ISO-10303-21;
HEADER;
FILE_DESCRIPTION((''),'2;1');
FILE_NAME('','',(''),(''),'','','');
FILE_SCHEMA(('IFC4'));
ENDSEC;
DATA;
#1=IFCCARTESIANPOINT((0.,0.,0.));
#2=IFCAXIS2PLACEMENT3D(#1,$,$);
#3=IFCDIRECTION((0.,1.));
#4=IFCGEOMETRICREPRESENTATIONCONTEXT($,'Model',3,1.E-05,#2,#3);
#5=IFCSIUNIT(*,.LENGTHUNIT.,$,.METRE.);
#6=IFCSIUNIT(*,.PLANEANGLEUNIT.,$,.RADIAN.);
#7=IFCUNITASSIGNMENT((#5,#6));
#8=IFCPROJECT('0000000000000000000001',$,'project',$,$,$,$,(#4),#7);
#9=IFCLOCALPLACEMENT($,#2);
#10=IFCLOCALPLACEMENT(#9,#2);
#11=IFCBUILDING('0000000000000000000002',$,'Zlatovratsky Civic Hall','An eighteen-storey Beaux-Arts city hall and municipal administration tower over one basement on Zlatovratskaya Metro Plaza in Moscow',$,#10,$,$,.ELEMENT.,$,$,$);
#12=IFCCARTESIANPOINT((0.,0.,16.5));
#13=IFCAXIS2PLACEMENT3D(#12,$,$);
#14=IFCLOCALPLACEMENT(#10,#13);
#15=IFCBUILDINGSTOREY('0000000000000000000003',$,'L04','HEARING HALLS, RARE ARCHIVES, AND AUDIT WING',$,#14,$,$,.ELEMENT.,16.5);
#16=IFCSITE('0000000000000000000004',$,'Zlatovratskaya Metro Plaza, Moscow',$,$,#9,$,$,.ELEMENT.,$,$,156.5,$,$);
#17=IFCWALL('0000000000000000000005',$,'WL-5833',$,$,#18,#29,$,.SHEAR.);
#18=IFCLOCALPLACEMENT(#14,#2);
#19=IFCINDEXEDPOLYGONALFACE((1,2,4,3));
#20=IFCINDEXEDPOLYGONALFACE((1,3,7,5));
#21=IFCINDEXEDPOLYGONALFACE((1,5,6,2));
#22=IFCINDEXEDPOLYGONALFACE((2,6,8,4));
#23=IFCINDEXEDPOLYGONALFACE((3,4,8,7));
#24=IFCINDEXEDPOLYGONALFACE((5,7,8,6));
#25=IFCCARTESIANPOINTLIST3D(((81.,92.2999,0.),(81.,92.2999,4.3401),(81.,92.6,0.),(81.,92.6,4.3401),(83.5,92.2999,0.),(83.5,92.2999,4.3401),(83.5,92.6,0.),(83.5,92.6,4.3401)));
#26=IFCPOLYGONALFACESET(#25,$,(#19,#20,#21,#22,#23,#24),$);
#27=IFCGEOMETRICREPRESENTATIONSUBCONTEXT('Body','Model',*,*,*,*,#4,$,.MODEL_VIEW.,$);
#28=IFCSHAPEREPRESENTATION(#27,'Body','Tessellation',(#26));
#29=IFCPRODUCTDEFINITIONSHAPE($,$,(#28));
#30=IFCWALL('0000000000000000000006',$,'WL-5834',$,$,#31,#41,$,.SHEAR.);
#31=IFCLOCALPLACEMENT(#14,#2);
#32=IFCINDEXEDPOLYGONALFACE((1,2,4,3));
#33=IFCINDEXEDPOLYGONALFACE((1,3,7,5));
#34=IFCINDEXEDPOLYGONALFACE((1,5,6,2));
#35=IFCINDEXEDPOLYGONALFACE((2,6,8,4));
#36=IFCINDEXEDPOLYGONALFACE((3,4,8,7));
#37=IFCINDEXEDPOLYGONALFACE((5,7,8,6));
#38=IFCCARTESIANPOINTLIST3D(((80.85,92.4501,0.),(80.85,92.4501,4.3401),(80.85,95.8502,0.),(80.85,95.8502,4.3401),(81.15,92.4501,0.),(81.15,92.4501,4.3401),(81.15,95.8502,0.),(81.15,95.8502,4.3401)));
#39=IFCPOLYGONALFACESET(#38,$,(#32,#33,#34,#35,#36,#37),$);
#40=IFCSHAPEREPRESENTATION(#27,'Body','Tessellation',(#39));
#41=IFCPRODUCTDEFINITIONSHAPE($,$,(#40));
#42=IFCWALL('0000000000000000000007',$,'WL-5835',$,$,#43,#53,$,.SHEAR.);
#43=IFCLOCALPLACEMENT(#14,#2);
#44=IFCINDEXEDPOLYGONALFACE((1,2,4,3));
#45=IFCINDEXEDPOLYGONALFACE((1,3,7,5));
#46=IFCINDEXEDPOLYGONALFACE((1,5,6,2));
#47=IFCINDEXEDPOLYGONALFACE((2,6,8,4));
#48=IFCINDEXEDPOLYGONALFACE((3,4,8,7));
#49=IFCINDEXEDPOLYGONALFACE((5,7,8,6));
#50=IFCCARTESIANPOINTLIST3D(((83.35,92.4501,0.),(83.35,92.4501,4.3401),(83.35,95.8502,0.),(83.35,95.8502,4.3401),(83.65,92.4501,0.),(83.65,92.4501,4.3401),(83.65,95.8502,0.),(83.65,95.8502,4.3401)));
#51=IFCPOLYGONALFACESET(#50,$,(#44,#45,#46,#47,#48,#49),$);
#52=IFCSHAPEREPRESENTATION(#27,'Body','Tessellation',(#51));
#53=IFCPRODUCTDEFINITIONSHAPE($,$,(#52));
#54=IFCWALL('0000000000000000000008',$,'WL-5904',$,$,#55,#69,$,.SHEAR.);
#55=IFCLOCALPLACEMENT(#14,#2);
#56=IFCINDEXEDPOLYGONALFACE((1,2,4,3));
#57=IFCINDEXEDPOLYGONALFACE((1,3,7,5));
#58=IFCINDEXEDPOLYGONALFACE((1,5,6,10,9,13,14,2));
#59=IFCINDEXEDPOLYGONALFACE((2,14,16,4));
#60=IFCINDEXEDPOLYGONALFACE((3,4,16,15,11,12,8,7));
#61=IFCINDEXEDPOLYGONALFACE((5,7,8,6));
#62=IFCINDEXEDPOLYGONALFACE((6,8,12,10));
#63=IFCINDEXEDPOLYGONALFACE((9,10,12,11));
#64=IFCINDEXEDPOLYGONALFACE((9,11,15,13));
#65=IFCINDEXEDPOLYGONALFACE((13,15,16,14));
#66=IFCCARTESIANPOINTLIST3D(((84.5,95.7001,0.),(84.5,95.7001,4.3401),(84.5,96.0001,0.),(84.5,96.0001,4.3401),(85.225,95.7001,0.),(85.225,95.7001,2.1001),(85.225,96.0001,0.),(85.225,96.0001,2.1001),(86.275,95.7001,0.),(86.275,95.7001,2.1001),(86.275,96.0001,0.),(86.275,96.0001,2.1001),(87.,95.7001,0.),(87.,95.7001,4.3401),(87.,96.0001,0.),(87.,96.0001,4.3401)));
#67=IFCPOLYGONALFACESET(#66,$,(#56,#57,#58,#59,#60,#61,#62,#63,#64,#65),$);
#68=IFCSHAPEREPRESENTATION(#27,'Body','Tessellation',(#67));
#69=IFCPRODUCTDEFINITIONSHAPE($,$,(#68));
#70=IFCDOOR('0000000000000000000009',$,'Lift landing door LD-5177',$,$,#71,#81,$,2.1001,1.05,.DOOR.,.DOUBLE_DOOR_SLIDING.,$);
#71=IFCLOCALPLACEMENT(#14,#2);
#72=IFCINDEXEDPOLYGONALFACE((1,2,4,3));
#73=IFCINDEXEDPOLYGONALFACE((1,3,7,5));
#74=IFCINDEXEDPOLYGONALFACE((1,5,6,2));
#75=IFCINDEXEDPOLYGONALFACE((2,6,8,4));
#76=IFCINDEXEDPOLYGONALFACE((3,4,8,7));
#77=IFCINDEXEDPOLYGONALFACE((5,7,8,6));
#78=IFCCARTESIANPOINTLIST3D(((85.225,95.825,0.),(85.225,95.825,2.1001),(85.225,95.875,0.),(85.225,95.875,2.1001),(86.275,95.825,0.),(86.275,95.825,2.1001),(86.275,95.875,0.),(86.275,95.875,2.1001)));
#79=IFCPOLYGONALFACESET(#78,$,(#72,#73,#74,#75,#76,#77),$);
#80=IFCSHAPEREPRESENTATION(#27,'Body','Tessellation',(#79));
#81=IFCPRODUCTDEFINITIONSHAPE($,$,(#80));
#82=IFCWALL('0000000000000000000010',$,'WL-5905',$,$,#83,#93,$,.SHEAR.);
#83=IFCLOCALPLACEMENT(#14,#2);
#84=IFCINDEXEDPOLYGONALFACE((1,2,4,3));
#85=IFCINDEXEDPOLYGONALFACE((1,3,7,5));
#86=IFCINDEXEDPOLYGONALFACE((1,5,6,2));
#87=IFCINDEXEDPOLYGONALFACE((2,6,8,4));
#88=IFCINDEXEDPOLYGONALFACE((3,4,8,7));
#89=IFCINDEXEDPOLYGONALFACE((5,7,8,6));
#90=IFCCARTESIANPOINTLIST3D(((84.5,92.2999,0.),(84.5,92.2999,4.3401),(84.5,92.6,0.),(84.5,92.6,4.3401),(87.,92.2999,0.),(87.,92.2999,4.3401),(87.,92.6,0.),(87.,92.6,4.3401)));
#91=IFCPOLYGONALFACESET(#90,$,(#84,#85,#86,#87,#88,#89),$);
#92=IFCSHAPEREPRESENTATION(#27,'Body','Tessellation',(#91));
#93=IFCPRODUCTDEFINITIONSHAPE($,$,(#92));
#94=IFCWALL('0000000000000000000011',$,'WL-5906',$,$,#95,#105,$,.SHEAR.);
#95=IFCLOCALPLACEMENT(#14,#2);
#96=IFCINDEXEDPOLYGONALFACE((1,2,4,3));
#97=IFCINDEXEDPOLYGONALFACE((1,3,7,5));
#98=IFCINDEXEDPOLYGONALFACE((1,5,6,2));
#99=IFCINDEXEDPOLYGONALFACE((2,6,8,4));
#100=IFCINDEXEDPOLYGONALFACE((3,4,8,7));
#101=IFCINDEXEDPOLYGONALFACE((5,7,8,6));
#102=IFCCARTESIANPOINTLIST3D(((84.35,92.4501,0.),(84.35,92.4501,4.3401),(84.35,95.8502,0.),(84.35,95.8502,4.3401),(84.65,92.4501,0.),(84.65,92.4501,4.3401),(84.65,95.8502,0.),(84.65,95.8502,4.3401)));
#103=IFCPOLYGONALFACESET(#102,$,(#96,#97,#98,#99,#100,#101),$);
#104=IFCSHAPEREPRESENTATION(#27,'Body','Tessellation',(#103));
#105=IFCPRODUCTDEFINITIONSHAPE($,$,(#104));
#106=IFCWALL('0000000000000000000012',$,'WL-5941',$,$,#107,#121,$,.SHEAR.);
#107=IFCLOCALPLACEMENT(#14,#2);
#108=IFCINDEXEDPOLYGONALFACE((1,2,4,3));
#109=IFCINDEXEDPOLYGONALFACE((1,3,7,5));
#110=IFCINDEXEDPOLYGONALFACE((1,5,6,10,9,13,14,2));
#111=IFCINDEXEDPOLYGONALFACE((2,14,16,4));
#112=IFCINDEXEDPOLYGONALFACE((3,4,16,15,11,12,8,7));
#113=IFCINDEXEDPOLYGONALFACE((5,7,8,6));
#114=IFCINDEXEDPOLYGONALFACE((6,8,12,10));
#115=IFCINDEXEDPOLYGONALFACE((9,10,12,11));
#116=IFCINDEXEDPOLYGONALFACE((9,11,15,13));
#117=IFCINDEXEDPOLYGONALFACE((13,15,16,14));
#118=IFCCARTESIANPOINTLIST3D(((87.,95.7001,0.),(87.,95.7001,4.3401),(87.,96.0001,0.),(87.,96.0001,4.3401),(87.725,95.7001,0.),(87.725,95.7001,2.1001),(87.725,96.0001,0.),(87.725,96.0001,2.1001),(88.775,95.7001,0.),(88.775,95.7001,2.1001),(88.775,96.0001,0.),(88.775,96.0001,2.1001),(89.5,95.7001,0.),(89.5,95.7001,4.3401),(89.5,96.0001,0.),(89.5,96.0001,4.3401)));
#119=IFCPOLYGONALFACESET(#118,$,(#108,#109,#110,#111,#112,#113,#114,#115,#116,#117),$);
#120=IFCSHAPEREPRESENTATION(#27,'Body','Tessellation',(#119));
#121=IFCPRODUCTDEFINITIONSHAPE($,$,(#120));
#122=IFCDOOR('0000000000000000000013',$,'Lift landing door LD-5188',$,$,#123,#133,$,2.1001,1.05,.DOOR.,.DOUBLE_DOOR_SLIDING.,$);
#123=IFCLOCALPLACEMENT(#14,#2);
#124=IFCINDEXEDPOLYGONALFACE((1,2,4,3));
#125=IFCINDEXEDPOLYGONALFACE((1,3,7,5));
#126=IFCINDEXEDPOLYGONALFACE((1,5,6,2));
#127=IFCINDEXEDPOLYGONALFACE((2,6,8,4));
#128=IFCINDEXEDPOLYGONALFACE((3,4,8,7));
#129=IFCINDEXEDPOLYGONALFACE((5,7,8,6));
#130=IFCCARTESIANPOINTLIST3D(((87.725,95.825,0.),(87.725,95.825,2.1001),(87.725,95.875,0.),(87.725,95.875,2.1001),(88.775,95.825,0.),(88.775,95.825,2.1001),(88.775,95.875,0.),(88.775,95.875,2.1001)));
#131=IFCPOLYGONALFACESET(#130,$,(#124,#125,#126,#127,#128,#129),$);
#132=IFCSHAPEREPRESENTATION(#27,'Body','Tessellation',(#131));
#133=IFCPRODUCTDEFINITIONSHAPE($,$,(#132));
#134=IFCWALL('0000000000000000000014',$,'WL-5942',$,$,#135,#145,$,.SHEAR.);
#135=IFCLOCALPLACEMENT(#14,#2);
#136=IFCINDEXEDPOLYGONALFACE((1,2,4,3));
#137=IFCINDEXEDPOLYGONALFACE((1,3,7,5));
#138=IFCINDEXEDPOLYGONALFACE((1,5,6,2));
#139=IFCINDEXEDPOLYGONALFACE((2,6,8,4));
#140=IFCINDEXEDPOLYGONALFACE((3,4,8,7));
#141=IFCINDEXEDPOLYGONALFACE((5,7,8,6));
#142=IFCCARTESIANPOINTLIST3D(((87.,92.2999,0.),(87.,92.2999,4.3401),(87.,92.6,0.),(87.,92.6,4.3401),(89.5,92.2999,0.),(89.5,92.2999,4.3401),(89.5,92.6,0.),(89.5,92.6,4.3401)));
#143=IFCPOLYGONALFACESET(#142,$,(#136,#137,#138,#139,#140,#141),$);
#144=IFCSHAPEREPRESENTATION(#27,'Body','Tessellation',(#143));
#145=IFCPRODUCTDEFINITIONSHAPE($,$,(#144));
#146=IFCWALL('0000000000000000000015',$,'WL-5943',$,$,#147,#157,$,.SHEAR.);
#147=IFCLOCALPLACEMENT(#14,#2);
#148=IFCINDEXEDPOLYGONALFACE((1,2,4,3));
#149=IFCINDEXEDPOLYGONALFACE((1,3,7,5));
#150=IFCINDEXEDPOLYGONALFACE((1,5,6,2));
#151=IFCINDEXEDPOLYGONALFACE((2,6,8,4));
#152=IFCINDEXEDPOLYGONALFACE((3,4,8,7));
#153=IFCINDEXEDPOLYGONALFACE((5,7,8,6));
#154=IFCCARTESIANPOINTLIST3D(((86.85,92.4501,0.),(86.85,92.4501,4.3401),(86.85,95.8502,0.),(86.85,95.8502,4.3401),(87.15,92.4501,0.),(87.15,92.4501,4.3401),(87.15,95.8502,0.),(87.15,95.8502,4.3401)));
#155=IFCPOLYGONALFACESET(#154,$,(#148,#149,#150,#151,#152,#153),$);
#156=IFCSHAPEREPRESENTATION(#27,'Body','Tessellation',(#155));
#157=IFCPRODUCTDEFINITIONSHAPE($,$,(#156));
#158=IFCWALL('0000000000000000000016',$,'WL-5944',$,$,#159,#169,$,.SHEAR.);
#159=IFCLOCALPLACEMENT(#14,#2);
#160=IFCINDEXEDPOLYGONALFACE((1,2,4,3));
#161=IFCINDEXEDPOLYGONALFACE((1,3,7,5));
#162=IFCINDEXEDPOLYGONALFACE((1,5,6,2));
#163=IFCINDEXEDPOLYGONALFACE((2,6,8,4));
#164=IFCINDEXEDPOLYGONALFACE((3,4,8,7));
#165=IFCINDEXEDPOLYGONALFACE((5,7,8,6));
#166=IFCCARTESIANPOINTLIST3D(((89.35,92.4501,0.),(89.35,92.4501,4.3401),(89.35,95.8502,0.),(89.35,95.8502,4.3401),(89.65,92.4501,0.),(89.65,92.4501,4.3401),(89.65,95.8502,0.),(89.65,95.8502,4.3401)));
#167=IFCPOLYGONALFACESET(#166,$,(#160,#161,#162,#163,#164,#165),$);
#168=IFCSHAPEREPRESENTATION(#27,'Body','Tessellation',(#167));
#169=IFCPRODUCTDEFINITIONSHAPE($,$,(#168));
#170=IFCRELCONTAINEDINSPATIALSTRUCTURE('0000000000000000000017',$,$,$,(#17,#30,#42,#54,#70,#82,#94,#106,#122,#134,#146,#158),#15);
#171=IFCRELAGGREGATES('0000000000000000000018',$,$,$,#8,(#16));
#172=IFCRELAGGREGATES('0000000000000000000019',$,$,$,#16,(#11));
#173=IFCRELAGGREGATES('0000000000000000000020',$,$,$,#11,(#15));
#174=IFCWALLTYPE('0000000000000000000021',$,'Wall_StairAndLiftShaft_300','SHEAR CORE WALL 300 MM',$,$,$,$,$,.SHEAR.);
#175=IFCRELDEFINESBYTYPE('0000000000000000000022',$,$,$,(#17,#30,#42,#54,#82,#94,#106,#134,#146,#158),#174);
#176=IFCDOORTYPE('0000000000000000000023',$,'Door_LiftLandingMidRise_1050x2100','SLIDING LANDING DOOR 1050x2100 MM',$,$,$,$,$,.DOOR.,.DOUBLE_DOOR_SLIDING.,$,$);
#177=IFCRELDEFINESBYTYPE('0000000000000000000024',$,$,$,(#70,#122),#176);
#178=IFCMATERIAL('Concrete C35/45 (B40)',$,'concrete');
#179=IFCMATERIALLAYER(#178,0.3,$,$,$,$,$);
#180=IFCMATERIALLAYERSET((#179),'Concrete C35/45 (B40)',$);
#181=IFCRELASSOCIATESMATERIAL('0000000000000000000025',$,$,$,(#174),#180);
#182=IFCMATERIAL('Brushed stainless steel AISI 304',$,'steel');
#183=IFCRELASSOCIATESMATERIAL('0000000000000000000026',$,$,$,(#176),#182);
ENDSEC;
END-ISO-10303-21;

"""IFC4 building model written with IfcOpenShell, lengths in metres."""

from ifc_helpers import new_model, si_unit, direction, frame, frame_2d, origin, place, context, subcontext, project, spatial, rectangle, extrude, material, layer, layer_set, type_object, element, fill, save


model = new_model("IFC4")

# Units and contexts
model_context = context("Model", 3, precision=1e-05, world=origin(), true_north=direction((0.0, 1.0)))
body_context = subcontext(model_context, "Body", "Model", "MODEL_VIEW")
ifc_project = project(units=[si_unit("LENGTHUNIT", "METRE"), si_unit("PLANEANGLEUNIT", "RADIAN")], contexts=[model_context])

# Site, building, storey
site_placement = place(None, origin())
site = spatial("IfcSite", under=ifc_project, at=site_placement, Name="Zlatovratskaya Metro Plaza, Moscow", CompositionType="ELEMENT", RefElevation=156.5)
building_placement = place(site_placement, origin())
building = spatial("IfcBuilding", under=site, at=building_placement, Name="Zlatovratsky Civic Hall", Description="An eighteen-storey Beaux-Arts city hall and municipal administration tower over one basement on Zlatovratskaya Metro Plaza in Moscow", CompositionType="ELEMENT")
storey_placement = place(building_placement, frame((0.0, 0.0, 16.5)))
storey = spatial("IfcBuildingStorey", under=building, at=storey_placement, Name="L04", Description="HEARING HALLS, RARE ARCHIVES, AND AUDIT WING", CompositionType="ELEMENT", Elevation=16.5)

# Shared definitions
ifc_material_1 = material(Name="Concrete C35/45 (B40)", Category="concrete")

# Shared definitions
ifc_layer_1 = layer(ifc_material_1, 0.3)
ifc_layer_set_1 = layer_set([ifc_layer_1], Name="Concrete C35/45 (B40)")
wall_type_1 = type_object("IfcWallType", Name="Wall_StairAndLiftShaft_300", Description="SHEAR CORE WALL 300 MM", PredefinedType="SHEAR", material=ifc_layer_set_1)

# Shared definitions
ifc_material_2 = material(Name="Brushed stainless steel AISI 304", Category="steel")

# Walls
wall_1_placement = place(storey_placement, frame((81.0, 92.45, 0.0), z_axis=(0.0, 0.0, 1.0), x_axis=(1.0, 0.0, 0.0)))
element("IfcWall", 1, at=wall_1_placement, inside=storey, type_object=wall_type_1, Name="WL-5833", PredefinedType="SHEAR", context=body_context, shape_type="SweptSolid", body=[
    extrude(rectangle(XDim=2.5, YDim=0.3, at=frame_2d((1.25, 0.0))), origin(), (0.0, 0.0, 1.0), 4.3401),
])
for number, where, z_axis, x_axis, name in (
    (2, (81.0, 92.45, 0.0), (0.0, 0.0, 1.0), (0.0, 1.0, 0.0), "WL-5834"),
    (3, (83.5, 92.45, 0.0), (0.0, 0.0, 1.0), (0.0, 1.0, 0.0), "WL-5835"),
):
    element("IfcWall", number, at=place(storey_placement, frame(where, z_axis=z_axis, x_axis=x_axis)), inside=storey, type_object=wall_type_1, Name=name, PredefinedType="SHEAR", context=body_context, shape_type="SweptSolid", body=[
        extrude(rectangle(XDim=3.4001, YDim=0.3, at=frame_2d((1.7002, 0.0))), origin(), (0.0, 0.0, 1.0), 4.3401),
    ])

# Wall, opening, door
wall_2_placement = place(storey_placement, frame((84.5, 95.8501, 0.0), z_axis=(0.0, 0.0, 1.0), x_axis=(1.0, 0.0, 0.0)))
wall_2 = element("IfcWall", 4, at=wall_2_placement, inside=storey, type_object=wall_type_1, Name="WL-5904", PredefinedType="SHEAR", context=body_context, shape_type="SweptSolid", body=[
    extrude(rectangle(XDim=2.5, YDim=0.3, at=frame_2d((1.25, 0.0))), origin(), (0.0, 0.0, 1.0), 4.3401),
])
opening_1_placement = place(wall_2_placement, frame((0.7251, 0.0, 0.0)))
opening_1 = element("IfcOpeningElement", 5, at=opening_1_placement, cuts=wall_2, PredefinedType="OPENING", context=body_context, shape_type="SweptSolid", body=[
    extrude(rectangle(XDim=1.05, YDim=2.1001, at=frame_2d((0.5249, 1.05))), frame((0.0, 0.165, 0.0), z_axis=(0.0, -1.0, 0.0), x_axis=(1.0, 0.0, 0.0)), (0.0, 0.0, 1.0), 0.3298),
])
door_type_1 = type_object("IfcDoorType", Name="Door_LiftLandingMidRise_1050x2100", Description="SLIDING LANDING DOOR 1050x2100 MM", OperationType="DOUBLE_DOOR_SLIDING", PredefinedType="DOOR", material=ifc_material_2)
door_1_placement = place(opening_1_placement, origin())
door_1 = element("IfcDoor", 6, at=door_1_placement, inside=storey, type_object=door_type_1, Name="Lift landing door LD-5177", OperationType="DOUBLE_DOOR_SLIDING", OverallHeight=2.1001, OverallWidth=1.05, PredefinedType="DOOR", context=body_context, shape_type="SweptSolid", body=[
    extrude(rectangle(XDim=1.05, YDim=2.1001, at=frame_2d((0.5249, 1.05))), frame((0.0, 0.0249, 0.0), z_axis=(0.0, -1.0, 0.0), x_axis=(1.0, 0.0, 0.0)), (0.0, 0.0, 1.0), 0.05),
])
fill(opening_1, door_1)

# Walls
wall_3_placement = place(storey_placement, frame((84.5, 92.45, 0.0), z_axis=(0.0, 0.0, 1.0), x_axis=(1.0, 0.0, 0.0)))
element("IfcWall", 7, at=wall_3_placement, inside=storey, type_object=wall_type_1, Name="WL-5905", PredefinedType="SHEAR", context=body_context, shape_type="SweptSolid", body=[
    extrude(rectangle(XDim=2.5, YDim=0.3, at=frame_2d((1.25, 0.0))), origin(), (0.0, 0.0, 1.0), 4.3401),
])
wall_4_placement = place(storey_placement, frame((84.5, 92.45, 0.0), z_axis=(0.0, 0.0, 1.0), x_axis=(0.0, 1.0, 0.0)))
element("IfcWall", 8, at=wall_4_placement, inside=storey, type_object=wall_type_1, Name="WL-5906", PredefinedType="SHEAR", context=body_context, shape_type="SweptSolid", body=[
    extrude(rectangle(XDim=3.4001, YDim=0.3, at=frame_2d((1.7002, 0.0))), origin(), (0.0, 0.0, 1.0), 4.3401),
])

# Wall, opening, door
wall_5_placement = place(storey_placement, frame((87.0, 95.8501, 0.0), z_axis=(0.0, 0.0, 1.0), x_axis=(1.0, 0.0, 0.0)))
wall_5 = element("IfcWall", 9, at=wall_5_placement, inside=storey, type_object=wall_type_1, Name="WL-5941", PredefinedType="SHEAR", context=body_context, shape_type="SweptSolid", body=[
    extrude(rectangle(XDim=2.5, YDim=0.3, at=frame_2d((1.25, 0.0))), origin(), (0.0, 0.0, 1.0), 4.3401),
])
opening_2_placement = place(wall_5_placement, frame((0.7251, 0.0, 0.0)))
opening_2 = element("IfcOpeningElement", 10, at=opening_2_placement, cuts=wall_5, PredefinedType="OPENING", context=body_context, shape_type="SweptSolid", body=[
    extrude(rectangle(XDim=1.05, YDim=2.1001, at=frame_2d((0.5249, 1.05))), frame((0.0, 0.165, 0.0), z_axis=(0.0, -1.0, 0.0), x_axis=(1.0, 0.0, 0.0)), (0.0, 0.0, 1.0), 0.3298),
])
door_2_placement = place(opening_2_placement, origin())
door_2 = element("IfcDoor", 11, at=door_2_placement, inside=storey, type_object=door_type_1, Name="Lift landing door LD-5188", OperationType="DOUBLE_DOOR_SLIDING", OverallHeight=2.1001, OverallWidth=1.05, PredefinedType="DOOR", context=body_context, shape_type="SweptSolid", body=[
    extrude(rectangle(XDim=1.05, YDim=2.1001, at=frame_2d((0.5249, 1.05))), frame((0.0, 0.0249, 0.0), z_axis=(0.0, -1.0, 0.0), x_axis=(1.0, 0.0, 0.0)), (0.0, 0.0, 1.0), 0.05),
])
fill(opening_2, door_2)

# Walls
wall_6_placement = place(storey_placement, frame((87.0, 92.45, 0.0), z_axis=(0.0, 0.0, 1.0), x_axis=(1.0, 0.0, 0.0)))
element("IfcWall", 12, at=wall_6_placement, inside=storey, type_object=wall_type_1, Name="WL-5942", PredefinedType="SHEAR", context=body_context, shape_type="SweptSolid", body=[
    extrude(rectangle(XDim=2.5, YDim=0.3, at=frame_2d((1.25, 0.0))), origin(), (0.0, 0.0, 1.0), 4.3401),
])
for number, where, z_axis, x_axis, name in (
    (13, (87.0, 92.45, 0.0), (0.0, 0.0, 1.0), (0.0, 1.0, 0.0), "WL-5943"),
    (14, (89.5, 92.45, 0.0), (0.0, 0.0, 1.0), (0.0, 1.0, 0.0), "WL-5944"),
):
    element("IfcWall", number, at=place(storey_placement, frame(where, z_axis=z_axis, x_axis=x_axis)), inside=storey, type_object=wall_type_1, Name=name, PredefinedType="SHEAR", context=body_context, shape_type="SweptSolid", body=[
        extrude(rectangle(XDim=3.4001, YDim=0.3, at=frame_2d((1.7002, 0.0))), origin(), (0.0, 0.0, 1.0), 4.3401),
    ])

save(model, "model.ifc")
